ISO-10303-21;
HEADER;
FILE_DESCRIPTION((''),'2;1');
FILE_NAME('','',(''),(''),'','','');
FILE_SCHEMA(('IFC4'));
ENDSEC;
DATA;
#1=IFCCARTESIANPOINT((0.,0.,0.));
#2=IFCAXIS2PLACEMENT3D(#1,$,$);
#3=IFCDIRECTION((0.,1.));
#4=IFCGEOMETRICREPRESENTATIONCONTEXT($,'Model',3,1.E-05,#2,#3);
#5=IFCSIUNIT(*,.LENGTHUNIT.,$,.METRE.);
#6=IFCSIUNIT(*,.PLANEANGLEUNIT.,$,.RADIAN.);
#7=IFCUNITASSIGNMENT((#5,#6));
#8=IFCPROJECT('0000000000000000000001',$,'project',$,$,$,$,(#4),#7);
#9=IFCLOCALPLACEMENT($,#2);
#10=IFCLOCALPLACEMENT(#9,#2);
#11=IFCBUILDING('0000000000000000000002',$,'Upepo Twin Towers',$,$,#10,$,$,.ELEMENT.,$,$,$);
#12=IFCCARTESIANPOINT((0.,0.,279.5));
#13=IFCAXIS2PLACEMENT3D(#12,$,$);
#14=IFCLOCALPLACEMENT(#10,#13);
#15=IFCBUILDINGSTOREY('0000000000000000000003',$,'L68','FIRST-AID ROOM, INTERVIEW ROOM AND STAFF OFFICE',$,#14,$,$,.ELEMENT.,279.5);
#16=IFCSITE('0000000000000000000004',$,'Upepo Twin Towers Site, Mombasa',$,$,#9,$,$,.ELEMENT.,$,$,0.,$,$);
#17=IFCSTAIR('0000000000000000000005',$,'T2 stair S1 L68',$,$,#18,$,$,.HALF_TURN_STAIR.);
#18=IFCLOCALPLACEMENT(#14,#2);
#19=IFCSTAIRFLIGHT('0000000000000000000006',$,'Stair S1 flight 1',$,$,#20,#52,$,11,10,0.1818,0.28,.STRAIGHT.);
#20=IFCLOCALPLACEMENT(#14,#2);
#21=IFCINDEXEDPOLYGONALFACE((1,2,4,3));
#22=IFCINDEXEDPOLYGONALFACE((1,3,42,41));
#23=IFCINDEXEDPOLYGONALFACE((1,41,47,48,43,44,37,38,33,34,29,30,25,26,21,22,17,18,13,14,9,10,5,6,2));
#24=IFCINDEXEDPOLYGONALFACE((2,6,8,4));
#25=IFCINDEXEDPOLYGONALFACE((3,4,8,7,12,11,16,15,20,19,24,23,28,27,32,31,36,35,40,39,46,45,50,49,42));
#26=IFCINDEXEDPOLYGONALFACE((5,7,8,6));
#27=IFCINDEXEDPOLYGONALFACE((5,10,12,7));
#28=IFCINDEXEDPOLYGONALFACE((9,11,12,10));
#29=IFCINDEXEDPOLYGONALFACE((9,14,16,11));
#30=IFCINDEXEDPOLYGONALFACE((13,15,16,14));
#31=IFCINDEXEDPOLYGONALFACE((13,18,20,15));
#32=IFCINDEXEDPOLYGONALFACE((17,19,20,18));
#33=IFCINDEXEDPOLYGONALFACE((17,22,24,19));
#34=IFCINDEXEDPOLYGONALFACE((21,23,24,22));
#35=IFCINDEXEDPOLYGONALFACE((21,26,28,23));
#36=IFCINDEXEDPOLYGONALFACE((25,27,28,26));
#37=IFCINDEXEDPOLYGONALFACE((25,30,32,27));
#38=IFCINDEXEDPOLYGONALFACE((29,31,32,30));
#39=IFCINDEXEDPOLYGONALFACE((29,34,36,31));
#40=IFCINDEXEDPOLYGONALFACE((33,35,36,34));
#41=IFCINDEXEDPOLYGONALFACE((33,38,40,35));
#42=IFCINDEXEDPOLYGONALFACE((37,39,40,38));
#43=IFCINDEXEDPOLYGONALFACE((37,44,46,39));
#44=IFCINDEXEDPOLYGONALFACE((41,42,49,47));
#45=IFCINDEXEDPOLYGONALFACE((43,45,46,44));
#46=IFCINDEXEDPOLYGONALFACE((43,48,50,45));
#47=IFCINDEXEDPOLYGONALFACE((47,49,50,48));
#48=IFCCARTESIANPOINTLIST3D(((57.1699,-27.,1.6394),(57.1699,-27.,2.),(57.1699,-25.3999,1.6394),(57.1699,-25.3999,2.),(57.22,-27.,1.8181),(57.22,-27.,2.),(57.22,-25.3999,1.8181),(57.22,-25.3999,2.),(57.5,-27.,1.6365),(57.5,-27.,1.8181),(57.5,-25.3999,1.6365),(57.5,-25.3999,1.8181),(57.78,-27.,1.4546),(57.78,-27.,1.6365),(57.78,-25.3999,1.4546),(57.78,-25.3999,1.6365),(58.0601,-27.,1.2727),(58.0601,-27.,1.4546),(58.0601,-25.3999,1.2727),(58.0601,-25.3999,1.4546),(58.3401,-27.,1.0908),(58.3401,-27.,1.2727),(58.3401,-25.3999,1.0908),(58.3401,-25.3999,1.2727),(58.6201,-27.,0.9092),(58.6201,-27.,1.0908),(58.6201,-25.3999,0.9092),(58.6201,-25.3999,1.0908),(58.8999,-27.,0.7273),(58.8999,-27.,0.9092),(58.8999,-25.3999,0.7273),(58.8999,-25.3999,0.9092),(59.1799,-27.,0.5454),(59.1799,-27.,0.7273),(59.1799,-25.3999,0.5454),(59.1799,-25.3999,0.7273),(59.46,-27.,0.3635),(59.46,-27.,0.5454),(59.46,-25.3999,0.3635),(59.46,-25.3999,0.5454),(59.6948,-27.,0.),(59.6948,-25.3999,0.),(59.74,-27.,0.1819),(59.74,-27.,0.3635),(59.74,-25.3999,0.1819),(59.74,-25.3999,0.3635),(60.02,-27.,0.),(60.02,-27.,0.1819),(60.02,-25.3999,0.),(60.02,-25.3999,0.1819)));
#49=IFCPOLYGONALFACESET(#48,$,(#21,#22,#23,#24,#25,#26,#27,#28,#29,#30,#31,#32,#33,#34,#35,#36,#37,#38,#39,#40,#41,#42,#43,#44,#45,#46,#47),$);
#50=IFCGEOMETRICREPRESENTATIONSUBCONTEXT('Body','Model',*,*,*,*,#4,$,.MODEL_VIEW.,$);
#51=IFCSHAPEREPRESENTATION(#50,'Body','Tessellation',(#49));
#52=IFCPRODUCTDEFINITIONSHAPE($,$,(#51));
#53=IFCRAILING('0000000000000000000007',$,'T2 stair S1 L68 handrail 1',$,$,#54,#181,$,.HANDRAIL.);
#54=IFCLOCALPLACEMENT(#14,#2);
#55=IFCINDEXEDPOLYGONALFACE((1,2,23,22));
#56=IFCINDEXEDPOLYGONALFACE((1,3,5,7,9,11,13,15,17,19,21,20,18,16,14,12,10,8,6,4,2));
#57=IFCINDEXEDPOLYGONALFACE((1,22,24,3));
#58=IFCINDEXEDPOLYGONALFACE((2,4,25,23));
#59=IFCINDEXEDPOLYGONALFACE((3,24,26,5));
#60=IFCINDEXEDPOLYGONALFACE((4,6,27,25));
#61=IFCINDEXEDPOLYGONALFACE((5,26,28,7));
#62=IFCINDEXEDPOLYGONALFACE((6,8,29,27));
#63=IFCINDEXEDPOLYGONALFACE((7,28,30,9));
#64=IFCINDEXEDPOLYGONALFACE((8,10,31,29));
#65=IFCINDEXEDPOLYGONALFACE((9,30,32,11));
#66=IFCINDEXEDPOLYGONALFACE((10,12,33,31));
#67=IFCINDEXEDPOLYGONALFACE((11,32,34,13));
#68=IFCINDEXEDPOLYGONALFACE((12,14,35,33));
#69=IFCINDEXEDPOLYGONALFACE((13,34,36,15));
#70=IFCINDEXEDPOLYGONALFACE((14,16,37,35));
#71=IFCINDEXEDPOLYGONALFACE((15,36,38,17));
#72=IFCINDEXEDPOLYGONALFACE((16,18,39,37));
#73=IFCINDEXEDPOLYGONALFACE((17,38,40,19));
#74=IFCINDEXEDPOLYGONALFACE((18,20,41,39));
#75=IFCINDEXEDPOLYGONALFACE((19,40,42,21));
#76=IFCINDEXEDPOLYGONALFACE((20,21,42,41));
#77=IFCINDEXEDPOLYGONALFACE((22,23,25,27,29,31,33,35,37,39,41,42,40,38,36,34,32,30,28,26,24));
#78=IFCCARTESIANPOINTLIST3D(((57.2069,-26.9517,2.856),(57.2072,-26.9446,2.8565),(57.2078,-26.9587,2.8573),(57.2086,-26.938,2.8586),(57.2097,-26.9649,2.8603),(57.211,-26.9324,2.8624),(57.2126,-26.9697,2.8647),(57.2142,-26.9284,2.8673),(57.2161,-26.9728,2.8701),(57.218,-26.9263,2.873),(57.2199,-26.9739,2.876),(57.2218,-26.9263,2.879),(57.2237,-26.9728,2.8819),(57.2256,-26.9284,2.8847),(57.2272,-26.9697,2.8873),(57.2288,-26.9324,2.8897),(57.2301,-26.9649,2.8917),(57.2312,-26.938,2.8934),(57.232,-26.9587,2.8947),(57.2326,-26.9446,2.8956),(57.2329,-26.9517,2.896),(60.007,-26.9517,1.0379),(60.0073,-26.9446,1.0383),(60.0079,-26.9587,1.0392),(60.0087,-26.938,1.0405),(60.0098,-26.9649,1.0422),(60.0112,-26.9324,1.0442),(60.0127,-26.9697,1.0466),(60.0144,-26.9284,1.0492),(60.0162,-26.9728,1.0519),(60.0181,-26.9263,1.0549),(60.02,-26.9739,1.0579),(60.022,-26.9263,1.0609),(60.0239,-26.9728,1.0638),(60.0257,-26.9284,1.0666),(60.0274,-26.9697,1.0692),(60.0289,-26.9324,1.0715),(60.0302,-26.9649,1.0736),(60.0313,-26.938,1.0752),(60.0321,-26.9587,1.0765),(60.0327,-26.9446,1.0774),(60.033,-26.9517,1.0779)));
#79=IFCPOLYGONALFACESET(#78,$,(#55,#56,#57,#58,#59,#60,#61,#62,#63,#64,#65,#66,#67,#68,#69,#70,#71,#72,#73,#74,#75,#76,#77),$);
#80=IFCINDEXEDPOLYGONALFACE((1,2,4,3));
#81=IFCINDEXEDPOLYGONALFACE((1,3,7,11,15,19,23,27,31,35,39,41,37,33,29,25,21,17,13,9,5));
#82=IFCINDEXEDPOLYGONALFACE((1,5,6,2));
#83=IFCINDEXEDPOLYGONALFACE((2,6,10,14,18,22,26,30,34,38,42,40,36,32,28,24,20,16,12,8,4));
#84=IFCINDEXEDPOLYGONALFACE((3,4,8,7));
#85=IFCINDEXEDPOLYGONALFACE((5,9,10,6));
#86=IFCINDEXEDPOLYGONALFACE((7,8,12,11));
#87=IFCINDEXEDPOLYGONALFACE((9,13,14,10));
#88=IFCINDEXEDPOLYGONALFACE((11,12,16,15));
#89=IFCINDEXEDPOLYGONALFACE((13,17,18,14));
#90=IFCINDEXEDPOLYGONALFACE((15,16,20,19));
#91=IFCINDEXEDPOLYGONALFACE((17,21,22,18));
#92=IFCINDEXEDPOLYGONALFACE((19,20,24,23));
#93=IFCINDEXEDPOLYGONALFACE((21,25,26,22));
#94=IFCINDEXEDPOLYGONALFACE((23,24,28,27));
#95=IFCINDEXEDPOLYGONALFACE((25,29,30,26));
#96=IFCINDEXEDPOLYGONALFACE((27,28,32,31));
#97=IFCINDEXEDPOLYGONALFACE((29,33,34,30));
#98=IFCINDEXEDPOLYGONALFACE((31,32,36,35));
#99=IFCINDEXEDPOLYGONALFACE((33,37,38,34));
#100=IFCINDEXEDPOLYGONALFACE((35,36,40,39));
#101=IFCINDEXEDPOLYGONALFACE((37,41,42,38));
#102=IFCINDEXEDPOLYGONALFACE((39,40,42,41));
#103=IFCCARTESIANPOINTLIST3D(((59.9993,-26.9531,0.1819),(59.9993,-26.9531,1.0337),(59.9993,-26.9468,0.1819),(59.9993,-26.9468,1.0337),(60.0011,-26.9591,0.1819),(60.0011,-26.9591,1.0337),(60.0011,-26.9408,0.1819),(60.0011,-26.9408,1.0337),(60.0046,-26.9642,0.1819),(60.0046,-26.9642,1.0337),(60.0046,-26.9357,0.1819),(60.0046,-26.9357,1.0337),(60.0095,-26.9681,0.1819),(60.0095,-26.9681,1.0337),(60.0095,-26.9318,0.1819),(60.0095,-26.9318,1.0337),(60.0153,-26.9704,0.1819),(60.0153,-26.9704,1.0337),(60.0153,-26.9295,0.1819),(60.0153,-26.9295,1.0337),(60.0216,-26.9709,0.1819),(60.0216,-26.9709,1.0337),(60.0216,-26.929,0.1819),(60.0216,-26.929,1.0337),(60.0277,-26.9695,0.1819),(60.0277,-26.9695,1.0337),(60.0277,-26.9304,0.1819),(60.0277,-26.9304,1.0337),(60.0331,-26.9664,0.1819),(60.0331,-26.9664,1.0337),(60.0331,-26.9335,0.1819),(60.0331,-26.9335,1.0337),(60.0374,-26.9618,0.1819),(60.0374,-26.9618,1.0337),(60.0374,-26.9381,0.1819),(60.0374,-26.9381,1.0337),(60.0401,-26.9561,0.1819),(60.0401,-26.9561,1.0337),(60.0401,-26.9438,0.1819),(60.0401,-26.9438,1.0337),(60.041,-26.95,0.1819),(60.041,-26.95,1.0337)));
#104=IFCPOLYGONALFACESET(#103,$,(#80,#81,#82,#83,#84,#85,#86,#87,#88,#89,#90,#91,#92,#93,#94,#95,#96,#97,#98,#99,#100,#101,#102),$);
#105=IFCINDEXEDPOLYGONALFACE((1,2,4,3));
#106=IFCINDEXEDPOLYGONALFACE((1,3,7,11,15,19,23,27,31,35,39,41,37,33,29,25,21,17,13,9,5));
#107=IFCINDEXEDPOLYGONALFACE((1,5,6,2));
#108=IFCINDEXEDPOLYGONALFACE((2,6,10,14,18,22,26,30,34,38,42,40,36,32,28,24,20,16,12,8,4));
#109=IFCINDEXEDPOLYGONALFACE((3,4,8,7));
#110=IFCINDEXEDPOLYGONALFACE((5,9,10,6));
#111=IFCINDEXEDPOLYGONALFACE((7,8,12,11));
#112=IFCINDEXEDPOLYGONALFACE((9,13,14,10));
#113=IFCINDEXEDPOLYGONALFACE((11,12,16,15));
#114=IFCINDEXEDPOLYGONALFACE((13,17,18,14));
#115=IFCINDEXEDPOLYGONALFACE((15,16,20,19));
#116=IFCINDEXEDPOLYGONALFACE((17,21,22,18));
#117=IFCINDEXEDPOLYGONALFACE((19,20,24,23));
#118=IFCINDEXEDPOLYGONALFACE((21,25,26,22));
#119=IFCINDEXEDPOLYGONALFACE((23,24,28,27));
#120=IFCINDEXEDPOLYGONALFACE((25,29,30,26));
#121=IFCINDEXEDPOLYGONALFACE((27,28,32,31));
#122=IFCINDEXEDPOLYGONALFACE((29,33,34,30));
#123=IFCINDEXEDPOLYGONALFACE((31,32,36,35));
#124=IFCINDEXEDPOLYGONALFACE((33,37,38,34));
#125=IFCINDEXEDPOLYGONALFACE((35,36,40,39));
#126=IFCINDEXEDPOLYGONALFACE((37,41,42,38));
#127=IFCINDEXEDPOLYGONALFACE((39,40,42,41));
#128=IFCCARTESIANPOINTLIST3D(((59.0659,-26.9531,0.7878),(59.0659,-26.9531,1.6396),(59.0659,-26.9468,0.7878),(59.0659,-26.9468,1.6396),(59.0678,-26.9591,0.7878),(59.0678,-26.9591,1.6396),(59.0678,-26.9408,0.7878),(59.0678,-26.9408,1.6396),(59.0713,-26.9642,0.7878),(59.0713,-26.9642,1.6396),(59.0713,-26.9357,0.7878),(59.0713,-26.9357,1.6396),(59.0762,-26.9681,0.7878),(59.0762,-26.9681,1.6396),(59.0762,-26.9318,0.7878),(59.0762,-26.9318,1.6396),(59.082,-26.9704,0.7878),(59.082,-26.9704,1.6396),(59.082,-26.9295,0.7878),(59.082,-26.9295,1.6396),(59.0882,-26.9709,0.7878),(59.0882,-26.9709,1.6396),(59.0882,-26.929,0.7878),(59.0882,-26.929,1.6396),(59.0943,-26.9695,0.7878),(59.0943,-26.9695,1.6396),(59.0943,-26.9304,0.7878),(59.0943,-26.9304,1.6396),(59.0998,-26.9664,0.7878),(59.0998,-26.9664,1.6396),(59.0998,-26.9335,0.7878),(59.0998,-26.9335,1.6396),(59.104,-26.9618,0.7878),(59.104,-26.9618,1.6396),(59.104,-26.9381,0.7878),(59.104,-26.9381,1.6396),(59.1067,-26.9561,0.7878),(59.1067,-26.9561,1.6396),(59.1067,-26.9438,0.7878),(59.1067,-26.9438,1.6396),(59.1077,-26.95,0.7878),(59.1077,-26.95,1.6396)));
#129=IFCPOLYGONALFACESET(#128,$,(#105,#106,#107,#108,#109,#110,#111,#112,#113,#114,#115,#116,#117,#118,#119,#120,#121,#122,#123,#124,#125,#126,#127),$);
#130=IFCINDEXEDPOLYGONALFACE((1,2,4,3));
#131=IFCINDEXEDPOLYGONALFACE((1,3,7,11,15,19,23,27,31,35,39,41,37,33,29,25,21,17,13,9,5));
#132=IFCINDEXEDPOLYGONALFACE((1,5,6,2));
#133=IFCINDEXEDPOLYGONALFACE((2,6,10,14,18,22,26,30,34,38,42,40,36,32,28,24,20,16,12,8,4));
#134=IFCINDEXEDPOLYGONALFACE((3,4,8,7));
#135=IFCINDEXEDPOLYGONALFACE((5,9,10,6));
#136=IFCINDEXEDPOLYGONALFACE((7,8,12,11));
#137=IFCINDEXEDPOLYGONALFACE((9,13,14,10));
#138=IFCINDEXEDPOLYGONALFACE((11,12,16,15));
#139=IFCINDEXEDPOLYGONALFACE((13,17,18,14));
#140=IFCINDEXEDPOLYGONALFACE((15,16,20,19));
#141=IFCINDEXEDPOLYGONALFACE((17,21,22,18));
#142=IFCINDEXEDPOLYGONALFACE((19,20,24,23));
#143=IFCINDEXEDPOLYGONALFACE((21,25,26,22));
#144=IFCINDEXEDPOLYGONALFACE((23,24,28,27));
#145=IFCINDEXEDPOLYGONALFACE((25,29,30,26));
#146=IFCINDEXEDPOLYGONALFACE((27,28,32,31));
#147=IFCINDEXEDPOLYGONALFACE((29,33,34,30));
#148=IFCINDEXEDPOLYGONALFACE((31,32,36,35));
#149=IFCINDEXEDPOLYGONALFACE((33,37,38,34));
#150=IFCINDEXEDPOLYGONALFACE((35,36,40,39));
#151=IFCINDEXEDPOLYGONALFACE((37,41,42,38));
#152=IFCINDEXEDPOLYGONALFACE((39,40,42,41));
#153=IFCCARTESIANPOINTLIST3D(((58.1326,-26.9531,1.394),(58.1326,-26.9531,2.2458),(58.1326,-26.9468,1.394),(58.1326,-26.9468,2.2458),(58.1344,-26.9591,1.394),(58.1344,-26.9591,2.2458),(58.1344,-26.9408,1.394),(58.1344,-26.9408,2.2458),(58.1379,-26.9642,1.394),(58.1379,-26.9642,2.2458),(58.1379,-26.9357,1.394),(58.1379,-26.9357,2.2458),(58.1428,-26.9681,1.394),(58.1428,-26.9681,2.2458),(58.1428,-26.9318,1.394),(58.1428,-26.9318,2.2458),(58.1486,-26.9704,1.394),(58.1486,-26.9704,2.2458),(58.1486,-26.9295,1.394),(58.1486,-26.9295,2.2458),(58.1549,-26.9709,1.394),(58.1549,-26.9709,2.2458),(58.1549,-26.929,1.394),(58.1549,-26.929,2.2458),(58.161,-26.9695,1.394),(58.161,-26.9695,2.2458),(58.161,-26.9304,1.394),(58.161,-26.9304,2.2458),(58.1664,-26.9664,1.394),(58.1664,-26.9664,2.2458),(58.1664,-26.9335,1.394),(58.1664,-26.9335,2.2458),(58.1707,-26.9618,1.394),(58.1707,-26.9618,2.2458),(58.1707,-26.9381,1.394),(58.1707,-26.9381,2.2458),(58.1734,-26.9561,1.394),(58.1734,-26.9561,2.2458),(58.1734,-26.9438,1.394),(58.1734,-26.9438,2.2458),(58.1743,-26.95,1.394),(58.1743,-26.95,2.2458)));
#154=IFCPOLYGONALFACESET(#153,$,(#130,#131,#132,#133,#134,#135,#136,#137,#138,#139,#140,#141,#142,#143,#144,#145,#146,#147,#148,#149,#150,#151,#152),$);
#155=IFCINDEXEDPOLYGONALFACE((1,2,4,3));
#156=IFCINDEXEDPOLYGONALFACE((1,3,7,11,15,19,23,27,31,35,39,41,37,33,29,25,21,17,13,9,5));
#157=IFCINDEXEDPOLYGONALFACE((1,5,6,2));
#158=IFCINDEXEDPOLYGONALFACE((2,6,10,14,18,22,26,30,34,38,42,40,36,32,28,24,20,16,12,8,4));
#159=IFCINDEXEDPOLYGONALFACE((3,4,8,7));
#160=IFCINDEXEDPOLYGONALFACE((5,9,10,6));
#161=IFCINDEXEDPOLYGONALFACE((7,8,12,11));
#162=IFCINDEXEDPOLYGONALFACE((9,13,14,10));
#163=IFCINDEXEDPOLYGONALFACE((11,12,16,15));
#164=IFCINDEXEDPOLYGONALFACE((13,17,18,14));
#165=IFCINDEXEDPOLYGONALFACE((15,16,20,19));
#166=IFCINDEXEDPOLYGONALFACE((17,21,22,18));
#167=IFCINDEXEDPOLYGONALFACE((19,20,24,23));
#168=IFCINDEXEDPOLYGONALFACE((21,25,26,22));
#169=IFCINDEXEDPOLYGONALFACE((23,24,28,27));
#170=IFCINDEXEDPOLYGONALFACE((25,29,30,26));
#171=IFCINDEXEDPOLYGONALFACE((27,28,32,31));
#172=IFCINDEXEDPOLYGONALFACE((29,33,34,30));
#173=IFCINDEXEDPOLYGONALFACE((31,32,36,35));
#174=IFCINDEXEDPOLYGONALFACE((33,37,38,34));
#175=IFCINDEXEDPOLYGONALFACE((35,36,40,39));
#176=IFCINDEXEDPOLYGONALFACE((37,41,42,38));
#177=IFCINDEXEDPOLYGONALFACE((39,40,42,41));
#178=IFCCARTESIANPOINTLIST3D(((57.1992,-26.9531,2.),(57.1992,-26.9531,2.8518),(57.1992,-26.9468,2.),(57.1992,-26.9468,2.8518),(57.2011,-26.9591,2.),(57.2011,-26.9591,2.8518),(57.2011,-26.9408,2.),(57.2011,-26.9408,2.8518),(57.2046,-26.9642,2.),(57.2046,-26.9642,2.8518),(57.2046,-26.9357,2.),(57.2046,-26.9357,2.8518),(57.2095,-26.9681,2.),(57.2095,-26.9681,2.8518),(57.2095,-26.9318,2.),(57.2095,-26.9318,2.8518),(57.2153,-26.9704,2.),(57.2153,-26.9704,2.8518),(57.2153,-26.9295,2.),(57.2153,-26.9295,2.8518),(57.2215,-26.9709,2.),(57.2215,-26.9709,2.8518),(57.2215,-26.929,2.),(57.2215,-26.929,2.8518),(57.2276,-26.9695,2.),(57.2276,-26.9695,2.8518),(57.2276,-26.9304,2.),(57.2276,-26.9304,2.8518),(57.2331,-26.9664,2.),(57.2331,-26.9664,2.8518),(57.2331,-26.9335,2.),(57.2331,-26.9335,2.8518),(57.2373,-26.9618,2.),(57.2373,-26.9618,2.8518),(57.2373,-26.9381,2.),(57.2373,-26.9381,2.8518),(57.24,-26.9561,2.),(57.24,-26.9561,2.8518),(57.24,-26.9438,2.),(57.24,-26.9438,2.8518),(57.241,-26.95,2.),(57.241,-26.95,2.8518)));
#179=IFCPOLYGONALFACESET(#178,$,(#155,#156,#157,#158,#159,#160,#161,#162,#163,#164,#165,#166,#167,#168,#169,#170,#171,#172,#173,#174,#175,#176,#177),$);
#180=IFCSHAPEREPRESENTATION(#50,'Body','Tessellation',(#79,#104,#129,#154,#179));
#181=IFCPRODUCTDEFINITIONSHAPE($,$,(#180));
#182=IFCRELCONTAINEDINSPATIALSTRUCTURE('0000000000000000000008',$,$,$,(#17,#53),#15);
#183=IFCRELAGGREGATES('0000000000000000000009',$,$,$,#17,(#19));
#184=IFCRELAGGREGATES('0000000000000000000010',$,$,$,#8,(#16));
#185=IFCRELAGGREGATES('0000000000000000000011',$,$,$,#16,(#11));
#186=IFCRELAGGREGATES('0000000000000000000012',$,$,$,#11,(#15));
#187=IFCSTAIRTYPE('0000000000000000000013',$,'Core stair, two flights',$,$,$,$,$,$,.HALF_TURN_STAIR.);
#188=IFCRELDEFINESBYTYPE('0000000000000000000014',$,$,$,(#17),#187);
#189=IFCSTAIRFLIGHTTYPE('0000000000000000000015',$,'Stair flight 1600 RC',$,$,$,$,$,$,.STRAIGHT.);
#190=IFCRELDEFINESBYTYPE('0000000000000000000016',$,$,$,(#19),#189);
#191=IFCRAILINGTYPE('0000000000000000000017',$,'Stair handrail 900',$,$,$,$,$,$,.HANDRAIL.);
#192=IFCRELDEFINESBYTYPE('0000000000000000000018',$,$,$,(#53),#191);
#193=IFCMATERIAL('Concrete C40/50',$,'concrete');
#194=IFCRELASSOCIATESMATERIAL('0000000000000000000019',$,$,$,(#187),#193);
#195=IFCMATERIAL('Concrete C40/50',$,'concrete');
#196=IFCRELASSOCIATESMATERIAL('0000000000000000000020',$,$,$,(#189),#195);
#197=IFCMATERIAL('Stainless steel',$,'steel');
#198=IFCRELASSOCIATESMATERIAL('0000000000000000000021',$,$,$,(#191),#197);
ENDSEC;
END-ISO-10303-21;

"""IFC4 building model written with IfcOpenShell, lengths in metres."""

from ifc_helpers import new_model, si_unit, direction, frame, origin, origin_2d, place, context, subcontext, project, spatial, polyline, circle, outline, extrude, material, type_object, element, aggregate, save


model = new_model("IFC4")

# Units and contexts
model_context = context("Model", 3, precision=1e-05, world=origin(), true_north=direction((0.0, 1.0)))
body_context = subcontext(model_context, "Body", "Model", "MODEL_VIEW")
ifc_project = project(units=[si_unit("LENGTHUNIT", "METRE"), si_unit("PLANEANGLEUNIT", "RADIAN")], contexts=[model_context])

# Site, building, storey
site_placement = place(None, origin())
site = spatial("IfcSite", under=ifc_project, at=site_placement, Name="Upepo Twin Towers Site, Mombasa", CompositionType="ELEMENT", RefElevation=0.0)
building_placement = place(site_placement, origin())
building = spatial("IfcBuilding", under=site, at=building_placement, Name="Upepo Twin Towers", CompositionType="ELEMENT")
storey_placement = place(building_placement, frame((0.0, 0.0, 279.5)))
storey = spatial("IfcBuildingStorey", under=building, at=storey_placement, Name="L68", Description="FIRST-AID ROOM, INTERVIEW ROOM AND STAFF OFFICE", CompositionType="ELEMENT", Elevation=279.5)

# Stair, stair flight
ifc_material_1 = material(Name="Concrete C40/50", Category="concrete")
stair_type = type_object("IfcStairType", Name="Core stair, two flights", PredefinedType="HALF_TURN_STAIR", material=ifc_material_1)
stair_placement = place(storey_placement, origin())
stair = element("IfcStair", 1, at=stair_placement, inside=storey, type_object=stair_type, Name="T2 stair S1 L68", PredefinedType="HALF_TURN_STAIR")
ifc_material_2 = material(Name="Concrete C40/50", Category="concrete")
stair_flight_type = type_object("IfcStairFlightType", Name="Stair flight 1600 RC", PredefinedType="STRAIGHT", material=ifc_material_2)
stair_flight_placement = place(storey_placement, frame((60.02, -26.2, 0.0), z_axis=(0.0, 0.0, 1.0), x_axis=(-1.0, 0.0, 0.0)))
stair_flight = element("IfcStairFlight", 2, at=stair_flight_placement, type_object=stair_flight_type, Name="Stair S1 flight 1", NumberOfRisers=11, NumberOfTreads=10, PredefinedType="STRAIGHT", RiserHeight=0.1818, TreadLength=0.28, context=body_context, shape_type="SweptSolid", body=[
    extrude(outline(polyline([(0.0, 0.0), (0.0, 0.1819), (0.28, 0.1819), (0.28, 0.3635), (0.5601, 0.3635), (0.5601, 0.5454), (0.8401, 0.5454), (0.8401, 0.7273), (1.1201, 0.7273), (1.1201, 0.9092), (1.3999, 0.9092), (1.3999, 1.0908), (1.6799, 1.0908), (1.6799, 1.2727), (1.96, 1.2727), (1.96, 1.4546), (2.24, 1.4546), (2.24, 1.6365), (2.52, 1.6365), (2.52, 1.8181), (2.8, 1.8181), (2.8, 2.0), (2.8501, 2.0), (2.8501, 1.6394), (0.3252, 0.0), (0.0, 0.0)])), frame((0.0, 0.8, 0.0), z_axis=(0.0, -1.0, 0.0), x_axis=(1.0, 0.0, 0.0)), (0.0, 0.0, 1.0), 1.6001),
])
aggregate(stair, [stair_flight])

# Railing
ifc_material_3 = material(Name="Stainless steel", Category="steel")
railing_type = type_object("IfcRailingType", Name="Stair handrail 900", PredefinedType="HANDRAIL", material=ifc_material_3)
railing_placement = place(storey_placement, frame((60.02, -26.95, 0.1819)))
element("IfcRailing", 3, at=railing_placement, inside=storey, type_object=railing_type, Name="T2 stair S1 L68 handrail 1", PredefinedType="HANDRAIL", context=body_context, shape_type="SweptSolid", body=[
    extrude(circle(Radius=0.0239, at=origin_2d()), frame((0.0, 0.0, 0.876), z_axis=(-0.838706, 0.0, 0.544585), x_axis=(0.0, -1.0, 0.0)), (0.0, 0.0, 1.0), 3.3386),
    extrude(circle(Radius=0.021, at=origin_2d()), origin(), (0.0, 0.0, 1.0), 0.8518),
    extrude(circle(Radius=0.021, at=origin_2d()), frame((-0.9333, 0.0, 0.606)), (0.0, 0.0, 1.0), 0.8518),
    extrude(circle(Radius=0.021, at=origin_2d()), frame((-1.8667, 0.0, 1.2122)), (0.0, 0.0, 1.0), 0.8518),
    extrude(circle(Radius=0.021, at=origin_2d()), frame((-2.8, 0.0, 1.8181)), (0.0, 0.0, 1.0), 0.8518),
])

save(model, "model.ifc")
